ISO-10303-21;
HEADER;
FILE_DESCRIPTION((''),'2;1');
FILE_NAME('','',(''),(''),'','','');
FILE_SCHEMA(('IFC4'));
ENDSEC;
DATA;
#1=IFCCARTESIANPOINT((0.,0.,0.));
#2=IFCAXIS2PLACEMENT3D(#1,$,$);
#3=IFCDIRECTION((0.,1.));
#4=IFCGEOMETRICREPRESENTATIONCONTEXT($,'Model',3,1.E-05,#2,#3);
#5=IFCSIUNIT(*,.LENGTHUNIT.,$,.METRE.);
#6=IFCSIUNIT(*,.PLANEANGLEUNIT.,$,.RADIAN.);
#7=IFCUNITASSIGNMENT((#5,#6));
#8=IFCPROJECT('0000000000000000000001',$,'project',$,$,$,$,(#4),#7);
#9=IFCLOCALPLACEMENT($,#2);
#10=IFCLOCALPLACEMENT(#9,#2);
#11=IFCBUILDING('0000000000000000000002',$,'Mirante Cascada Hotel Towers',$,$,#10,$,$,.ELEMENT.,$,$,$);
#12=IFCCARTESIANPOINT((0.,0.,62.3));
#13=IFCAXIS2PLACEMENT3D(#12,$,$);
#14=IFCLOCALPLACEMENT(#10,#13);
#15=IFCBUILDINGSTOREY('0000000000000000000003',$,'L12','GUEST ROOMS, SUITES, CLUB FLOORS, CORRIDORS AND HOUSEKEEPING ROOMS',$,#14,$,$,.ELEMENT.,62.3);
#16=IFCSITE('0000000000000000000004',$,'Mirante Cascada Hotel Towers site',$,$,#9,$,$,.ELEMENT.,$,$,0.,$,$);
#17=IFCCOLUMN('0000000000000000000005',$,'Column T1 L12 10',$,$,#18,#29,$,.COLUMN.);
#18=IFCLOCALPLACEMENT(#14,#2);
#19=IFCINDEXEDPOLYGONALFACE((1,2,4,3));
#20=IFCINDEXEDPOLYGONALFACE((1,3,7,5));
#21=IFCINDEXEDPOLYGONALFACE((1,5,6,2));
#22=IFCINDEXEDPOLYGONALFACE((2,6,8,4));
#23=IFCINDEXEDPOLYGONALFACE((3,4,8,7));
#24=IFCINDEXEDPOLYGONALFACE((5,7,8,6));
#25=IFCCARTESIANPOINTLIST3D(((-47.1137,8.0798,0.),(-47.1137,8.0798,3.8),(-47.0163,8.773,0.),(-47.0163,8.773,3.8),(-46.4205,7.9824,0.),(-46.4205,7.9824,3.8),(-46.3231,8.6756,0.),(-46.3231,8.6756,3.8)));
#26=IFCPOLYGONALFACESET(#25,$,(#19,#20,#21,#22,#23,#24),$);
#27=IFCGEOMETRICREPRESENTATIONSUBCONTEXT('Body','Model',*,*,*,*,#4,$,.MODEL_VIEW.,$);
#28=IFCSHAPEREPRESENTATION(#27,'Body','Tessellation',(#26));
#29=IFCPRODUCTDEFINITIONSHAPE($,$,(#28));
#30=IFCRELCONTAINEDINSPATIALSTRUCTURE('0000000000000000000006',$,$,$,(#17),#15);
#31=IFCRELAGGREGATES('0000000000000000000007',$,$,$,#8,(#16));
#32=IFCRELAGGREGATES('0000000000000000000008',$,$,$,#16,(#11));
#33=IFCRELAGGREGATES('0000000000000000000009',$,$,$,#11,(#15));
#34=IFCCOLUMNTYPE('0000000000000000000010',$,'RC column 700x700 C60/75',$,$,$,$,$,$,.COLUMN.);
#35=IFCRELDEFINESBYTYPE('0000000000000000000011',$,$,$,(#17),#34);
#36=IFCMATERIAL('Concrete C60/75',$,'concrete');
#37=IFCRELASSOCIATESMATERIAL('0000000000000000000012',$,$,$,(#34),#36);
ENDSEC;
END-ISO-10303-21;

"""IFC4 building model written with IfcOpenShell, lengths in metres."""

from ifc_helpers import new_model, si_unit, direction, frame, origin, origin_2d, place, context, subcontext, project, spatial, rectangle, extrude, material, material_profile, profile_set, type_object, element, save


model = new_model("IFC4")

# Units and contexts
model_context = context("Model", 3, precision=1e-05, world=origin(), true_north=direction((0.0, 1.0)))
body_context = subcontext(model_context, "Body", "Model", "MODEL_VIEW")
ifc_project = project(units=[si_unit("LENGTHUNIT", "METRE"), si_unit("PLANEANGLEUNIT", "RADIAN")], contexts=[model_context])

# Site, building, storey
site_placement = place(None, origin())
site = spatial("IfcSite", under=ifc_project, at=site_placement, Name="Mirante Cascada Hotel Towers site", CompositionType="ELEMENT", RefElevation=0.0)
building_placement = place(site_placement, origin())
building = spatial("IfcBuilding", under=site, at=building_placement, Name="Mirante Cascada Hotel Towers", CompositionType="ELEMENT")
storey_placement = place(building_placement, frame((0.0, 0.0, 62.3)))
storey = spatial("IfcBuildingStorey", under=building, at=storey_placement, Name="L12", Description="GUEST ROOMS, SUITES, CLUB FLOORS, CORRIDORS AND HOUSEKEEPING ROOMS", CompositionType="ELEMENT", Elevation=62.3)

# Column
ifc_material_1 = material(Name="Concrete C60/75", Category="concrete")
ifc_material_profile = material_profile(ifc_material_1, rectangle(XDim=0.7, YDim=0.7, at=origin_2d()), Name="RC column 700x700 C60/75")
ifc_profile_set = profile_set([ifc_material_profile], Name="Concrete C60/75")
column_type = type_object("IfcColumnType", Name="RC column 700x700 C60/75", PredefinedType="COLUMN", material=ifc_profile_set)
column_placement = place(storey_placement, frame((-46.7184, 8.3777, 0.0), z_axis=(0.0, 0.0, 1.0), x_axis=(-0.990268, 0.139173, 0.0)))
element("IfcColumn", 1, at=column_placement, inside=storey, type_object=column_type, Name="Column T1 L12 10", PredefinedType="COLUMN", context=body_context, shape_type="SweptSolid", body=[
    extrude(rectangle(XDim=0.7, YDim=0.7, at=origin_2d()), origin(), (0.0, 0.0, 1.0), 3.8),
])

save(model, "model.ifc")
